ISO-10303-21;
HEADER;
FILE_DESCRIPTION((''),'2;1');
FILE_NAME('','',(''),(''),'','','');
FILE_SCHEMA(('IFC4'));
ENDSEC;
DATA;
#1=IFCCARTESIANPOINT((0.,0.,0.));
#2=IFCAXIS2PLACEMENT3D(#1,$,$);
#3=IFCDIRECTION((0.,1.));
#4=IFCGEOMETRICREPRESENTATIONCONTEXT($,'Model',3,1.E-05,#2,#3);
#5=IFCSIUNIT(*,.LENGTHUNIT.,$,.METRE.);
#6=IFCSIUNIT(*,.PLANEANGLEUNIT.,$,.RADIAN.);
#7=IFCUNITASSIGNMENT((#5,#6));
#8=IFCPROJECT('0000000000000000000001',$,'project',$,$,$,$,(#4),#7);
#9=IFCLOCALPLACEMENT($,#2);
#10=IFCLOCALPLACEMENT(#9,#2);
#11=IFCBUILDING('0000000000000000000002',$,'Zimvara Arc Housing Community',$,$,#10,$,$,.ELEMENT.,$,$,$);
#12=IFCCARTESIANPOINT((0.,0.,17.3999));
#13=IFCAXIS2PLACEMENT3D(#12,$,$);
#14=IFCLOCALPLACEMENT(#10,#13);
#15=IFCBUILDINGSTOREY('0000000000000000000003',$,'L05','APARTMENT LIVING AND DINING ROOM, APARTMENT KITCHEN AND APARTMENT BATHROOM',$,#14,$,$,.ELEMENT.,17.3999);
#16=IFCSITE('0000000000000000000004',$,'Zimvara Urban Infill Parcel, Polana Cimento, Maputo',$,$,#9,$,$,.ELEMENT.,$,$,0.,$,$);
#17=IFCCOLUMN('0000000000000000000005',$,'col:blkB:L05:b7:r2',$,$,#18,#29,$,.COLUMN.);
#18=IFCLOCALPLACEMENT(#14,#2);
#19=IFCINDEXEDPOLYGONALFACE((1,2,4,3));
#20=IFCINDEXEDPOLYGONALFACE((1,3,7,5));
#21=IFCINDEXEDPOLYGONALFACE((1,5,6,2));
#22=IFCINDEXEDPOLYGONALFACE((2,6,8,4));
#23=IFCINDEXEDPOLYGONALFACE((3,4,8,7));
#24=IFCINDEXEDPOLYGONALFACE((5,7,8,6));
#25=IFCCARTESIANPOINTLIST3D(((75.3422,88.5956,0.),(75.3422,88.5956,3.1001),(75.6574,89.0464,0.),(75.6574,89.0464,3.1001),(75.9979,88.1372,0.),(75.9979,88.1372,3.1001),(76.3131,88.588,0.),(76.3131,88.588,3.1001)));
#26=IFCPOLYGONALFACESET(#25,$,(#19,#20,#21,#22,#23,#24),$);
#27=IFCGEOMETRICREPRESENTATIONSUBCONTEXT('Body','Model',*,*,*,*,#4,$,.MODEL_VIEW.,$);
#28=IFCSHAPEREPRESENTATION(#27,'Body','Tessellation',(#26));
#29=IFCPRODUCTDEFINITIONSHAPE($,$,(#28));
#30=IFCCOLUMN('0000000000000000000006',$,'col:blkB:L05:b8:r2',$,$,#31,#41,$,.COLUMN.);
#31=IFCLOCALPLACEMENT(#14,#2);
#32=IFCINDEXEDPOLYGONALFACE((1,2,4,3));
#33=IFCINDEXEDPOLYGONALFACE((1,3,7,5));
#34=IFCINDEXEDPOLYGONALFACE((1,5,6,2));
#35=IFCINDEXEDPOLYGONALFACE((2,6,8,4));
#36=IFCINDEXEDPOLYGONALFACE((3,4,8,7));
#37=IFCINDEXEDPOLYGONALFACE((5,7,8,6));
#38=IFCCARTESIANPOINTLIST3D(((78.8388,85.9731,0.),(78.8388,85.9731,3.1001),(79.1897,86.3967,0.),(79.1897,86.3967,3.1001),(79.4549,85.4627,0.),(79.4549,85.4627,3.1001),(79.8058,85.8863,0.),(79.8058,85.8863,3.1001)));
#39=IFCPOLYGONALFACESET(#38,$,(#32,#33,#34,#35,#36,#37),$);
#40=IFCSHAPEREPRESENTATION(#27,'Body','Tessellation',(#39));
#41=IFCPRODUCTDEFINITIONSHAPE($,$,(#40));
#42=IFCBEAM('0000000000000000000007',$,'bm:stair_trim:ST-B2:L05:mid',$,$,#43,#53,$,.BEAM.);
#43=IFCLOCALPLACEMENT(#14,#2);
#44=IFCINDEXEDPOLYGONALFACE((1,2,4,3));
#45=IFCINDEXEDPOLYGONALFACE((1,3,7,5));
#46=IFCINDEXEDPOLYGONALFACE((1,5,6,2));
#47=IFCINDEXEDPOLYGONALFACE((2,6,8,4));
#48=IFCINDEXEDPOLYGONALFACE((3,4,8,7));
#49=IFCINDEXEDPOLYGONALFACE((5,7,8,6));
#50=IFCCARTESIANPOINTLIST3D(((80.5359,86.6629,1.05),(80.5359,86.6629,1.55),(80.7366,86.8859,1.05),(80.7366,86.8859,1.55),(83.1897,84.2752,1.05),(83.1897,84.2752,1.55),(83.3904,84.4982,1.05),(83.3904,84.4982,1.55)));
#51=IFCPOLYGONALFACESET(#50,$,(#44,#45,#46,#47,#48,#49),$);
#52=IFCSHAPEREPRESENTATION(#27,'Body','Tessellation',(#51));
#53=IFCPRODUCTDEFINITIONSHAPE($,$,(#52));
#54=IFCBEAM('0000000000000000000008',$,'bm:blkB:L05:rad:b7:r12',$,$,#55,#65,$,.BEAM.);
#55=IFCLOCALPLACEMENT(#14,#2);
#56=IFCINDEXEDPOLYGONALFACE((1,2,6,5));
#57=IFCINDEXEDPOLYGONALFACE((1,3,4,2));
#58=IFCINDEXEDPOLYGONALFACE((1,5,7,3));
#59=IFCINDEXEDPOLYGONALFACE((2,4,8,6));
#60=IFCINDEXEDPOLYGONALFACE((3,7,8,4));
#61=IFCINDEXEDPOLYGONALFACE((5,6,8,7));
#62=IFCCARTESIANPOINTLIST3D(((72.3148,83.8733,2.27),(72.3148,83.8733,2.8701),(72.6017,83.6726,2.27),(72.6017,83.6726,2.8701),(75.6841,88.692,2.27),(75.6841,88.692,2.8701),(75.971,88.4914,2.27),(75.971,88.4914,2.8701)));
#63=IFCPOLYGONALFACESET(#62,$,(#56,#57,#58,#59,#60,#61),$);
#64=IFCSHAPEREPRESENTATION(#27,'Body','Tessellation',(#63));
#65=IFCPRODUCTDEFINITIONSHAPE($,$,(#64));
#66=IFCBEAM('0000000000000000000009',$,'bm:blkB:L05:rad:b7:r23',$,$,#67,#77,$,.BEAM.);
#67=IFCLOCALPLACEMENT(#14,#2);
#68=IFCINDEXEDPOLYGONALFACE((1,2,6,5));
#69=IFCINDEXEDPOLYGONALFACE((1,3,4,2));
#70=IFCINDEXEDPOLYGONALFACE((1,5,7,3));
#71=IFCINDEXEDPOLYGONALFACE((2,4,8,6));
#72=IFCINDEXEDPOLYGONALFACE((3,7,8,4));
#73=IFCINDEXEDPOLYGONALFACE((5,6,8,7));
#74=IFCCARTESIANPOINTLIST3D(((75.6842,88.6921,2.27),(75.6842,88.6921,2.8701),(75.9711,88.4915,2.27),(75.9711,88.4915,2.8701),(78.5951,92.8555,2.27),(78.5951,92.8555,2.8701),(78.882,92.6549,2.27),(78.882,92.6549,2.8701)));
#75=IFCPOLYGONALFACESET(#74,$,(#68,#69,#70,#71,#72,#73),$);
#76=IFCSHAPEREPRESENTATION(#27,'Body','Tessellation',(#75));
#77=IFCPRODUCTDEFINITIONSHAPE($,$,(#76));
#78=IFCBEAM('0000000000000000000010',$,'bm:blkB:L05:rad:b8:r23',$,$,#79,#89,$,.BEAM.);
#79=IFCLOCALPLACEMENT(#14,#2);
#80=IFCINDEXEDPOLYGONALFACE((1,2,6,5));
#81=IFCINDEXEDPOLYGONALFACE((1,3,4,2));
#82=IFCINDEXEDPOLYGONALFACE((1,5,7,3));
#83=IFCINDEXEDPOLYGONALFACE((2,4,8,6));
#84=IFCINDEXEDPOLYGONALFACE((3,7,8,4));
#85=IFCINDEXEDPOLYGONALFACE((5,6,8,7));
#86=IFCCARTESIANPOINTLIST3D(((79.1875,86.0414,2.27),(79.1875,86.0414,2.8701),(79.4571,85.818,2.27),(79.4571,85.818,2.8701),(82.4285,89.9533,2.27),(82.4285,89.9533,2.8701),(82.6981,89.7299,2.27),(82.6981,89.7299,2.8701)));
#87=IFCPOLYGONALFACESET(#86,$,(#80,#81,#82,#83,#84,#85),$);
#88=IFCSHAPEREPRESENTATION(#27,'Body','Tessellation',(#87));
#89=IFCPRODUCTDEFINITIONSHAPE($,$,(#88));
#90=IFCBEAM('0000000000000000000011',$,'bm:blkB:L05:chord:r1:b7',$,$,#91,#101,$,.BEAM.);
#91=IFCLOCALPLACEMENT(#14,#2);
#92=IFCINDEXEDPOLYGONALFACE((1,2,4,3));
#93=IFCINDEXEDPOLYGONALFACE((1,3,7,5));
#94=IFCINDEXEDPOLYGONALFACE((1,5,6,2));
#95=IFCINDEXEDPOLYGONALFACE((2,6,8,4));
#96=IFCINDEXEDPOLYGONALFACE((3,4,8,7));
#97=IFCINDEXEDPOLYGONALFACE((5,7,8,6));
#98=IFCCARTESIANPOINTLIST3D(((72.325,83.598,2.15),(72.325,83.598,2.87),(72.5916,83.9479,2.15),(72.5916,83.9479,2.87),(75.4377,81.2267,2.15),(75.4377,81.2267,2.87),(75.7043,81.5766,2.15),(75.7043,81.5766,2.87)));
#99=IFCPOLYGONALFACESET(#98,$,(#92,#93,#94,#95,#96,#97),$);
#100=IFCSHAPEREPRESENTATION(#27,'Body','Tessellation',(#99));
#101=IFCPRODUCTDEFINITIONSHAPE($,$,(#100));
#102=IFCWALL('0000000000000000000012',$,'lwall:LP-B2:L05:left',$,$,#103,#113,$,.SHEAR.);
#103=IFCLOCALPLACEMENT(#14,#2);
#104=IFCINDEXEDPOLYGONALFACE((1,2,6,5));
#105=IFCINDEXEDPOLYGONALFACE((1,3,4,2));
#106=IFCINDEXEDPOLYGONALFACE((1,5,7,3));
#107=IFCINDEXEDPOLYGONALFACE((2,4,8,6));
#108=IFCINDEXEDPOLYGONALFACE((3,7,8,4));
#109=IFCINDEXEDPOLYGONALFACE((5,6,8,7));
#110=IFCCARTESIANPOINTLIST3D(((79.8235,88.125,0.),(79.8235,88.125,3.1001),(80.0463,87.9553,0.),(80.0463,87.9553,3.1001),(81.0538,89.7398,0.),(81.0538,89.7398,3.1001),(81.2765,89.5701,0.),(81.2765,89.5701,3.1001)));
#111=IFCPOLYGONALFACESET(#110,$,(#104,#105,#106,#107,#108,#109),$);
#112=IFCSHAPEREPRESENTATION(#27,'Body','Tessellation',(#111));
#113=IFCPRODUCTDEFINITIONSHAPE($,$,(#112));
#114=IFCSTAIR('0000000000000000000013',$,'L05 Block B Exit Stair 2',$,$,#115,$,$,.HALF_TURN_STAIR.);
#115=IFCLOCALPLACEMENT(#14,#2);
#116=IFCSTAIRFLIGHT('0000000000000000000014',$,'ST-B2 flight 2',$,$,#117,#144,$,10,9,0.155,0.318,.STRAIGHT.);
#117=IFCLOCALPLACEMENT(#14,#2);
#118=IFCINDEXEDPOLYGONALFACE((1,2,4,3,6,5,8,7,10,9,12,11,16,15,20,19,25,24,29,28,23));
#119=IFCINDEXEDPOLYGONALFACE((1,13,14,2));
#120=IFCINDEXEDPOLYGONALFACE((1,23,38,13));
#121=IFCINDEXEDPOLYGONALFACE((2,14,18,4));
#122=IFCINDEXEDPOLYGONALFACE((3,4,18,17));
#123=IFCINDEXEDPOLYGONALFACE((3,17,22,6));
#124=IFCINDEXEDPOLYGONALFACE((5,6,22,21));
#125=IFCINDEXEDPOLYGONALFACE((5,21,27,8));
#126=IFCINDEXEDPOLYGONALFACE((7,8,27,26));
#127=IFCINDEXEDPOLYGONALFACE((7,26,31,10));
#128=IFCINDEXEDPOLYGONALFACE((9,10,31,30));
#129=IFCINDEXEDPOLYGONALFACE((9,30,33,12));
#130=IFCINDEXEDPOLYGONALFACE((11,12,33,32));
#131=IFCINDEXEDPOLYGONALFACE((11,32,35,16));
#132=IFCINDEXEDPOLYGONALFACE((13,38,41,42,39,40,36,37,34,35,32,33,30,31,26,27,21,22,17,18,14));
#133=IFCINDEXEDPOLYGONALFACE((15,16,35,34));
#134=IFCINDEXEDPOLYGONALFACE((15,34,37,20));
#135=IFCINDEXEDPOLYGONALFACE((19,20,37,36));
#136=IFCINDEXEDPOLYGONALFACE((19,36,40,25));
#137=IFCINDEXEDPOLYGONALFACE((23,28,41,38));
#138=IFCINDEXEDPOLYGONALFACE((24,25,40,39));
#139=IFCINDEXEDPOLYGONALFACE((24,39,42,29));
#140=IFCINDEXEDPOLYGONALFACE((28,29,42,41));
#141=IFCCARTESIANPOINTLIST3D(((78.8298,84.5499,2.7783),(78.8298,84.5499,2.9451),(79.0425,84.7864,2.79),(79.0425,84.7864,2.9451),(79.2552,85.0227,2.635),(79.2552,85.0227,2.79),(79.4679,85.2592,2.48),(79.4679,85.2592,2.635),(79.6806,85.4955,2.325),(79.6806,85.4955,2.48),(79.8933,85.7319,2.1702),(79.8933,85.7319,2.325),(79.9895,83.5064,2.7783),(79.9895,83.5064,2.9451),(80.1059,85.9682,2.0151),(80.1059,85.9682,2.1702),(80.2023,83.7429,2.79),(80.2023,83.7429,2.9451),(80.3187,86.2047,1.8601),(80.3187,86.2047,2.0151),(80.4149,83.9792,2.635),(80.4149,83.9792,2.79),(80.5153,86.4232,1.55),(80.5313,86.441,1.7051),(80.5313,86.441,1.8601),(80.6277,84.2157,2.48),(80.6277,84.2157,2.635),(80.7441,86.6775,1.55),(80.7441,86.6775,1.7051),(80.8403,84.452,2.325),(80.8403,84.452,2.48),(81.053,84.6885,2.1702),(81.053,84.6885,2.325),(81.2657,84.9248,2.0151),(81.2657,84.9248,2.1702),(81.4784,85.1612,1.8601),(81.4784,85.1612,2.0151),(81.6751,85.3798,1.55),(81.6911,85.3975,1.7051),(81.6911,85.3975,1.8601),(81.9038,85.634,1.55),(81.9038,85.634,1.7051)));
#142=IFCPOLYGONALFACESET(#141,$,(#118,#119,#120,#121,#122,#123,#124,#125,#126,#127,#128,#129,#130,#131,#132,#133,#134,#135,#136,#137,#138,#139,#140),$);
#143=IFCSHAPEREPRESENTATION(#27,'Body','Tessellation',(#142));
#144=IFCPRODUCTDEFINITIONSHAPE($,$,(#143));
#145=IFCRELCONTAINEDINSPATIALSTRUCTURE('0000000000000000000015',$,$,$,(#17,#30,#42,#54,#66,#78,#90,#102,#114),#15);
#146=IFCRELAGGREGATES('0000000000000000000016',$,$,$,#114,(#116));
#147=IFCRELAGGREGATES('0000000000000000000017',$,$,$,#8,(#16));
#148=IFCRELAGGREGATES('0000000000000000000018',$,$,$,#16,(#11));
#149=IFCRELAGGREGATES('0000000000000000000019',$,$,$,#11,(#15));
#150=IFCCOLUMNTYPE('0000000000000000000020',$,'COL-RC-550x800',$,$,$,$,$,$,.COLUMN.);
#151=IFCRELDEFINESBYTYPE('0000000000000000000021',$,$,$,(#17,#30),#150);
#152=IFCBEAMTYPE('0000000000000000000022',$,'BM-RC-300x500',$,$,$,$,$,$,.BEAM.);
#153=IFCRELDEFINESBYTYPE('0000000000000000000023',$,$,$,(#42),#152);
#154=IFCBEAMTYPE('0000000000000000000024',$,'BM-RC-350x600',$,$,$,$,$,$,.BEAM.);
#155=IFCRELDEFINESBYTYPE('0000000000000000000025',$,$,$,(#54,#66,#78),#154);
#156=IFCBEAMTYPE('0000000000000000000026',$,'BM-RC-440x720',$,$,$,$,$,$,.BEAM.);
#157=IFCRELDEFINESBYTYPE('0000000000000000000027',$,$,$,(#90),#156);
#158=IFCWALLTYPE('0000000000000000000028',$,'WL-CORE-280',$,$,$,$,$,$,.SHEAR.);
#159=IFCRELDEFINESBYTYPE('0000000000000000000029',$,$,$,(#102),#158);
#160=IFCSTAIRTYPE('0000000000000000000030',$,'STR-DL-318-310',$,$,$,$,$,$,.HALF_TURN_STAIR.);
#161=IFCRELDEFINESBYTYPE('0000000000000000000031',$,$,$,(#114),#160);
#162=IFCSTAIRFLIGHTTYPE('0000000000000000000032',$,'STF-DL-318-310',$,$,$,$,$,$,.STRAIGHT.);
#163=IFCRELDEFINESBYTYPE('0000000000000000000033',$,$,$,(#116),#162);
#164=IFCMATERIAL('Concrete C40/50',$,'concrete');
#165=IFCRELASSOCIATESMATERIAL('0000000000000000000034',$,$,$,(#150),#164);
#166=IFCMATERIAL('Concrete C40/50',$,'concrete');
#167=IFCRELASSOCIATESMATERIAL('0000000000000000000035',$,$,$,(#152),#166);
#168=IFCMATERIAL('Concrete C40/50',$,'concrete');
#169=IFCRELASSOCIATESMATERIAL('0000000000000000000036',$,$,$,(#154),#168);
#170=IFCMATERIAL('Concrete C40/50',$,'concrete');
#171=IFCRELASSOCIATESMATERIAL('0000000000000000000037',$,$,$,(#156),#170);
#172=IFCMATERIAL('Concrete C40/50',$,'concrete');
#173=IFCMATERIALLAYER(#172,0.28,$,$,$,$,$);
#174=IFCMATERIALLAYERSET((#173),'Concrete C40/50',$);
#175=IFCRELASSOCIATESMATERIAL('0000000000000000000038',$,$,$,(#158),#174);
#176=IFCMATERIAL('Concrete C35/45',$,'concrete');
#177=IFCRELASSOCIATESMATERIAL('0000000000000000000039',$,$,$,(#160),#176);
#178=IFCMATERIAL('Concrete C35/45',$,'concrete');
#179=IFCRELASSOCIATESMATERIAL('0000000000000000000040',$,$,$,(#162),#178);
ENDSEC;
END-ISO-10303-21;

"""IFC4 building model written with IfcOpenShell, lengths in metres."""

from ifc_helpers import new_model, si_unit, direction, frame, frame_2d, origin, origin_2d, place, context, subcontext, project, spatial, polyline, rectangle, outline, extrude, material, layer, layer_set, material_profile, profile_set, type_object, element, aggregate, save


model = new_model("IFC4")

# Units and contexts
model_context = context("Model", 3, precision=1e-05, world=origin(), true_north=direction((0.0, 1.0)))
body_context = subcontext(model_context, "Body", "Model", "MODEL_VIEW")
ifc_project = project(units=[si_unit("LENGTHUNIT", "METRE"), si_unit("PLANEANGLEUNIT", "RADIAN")], contexts=[model_context])

# Site, building, storey
site_placement = place(None, origin())
site = spatial("IfcSite", under=ifc_project, at=site_placement, Name="Zimvara Urban Infill Parcel, Polana Cimento, Maputo", CompositionType="ELEMENT", RefElevation=0.0)
building_placement = place(site_placement, origin())
building = spatial("IfcBuilding", under=site, at=building_placement, Name="Zimvara Arc Housing Community", CompositionType="ELEMENT")
storey_placement = place(building_placement, frame((0.0, 0.0, 17.3999)))
storey = spatial("IfcBuildingStorey", under=building, at=storey_placement, Name="L05", Description="APARTMENT LIVING AND DINING ROOM, APARTMENT KITCHEN AND APARTMENT BATHROOM", CompositionType="ELEMENT", Elevation=17.3999)

# Columns
ifc_material_1 = material(Name="Concrete C40/50", Category="concrete")
ifc_material_profile_1 = material_profile(ifc_material_1, rectangle(XDim=0.55, YDim=0.8, at=origin_2d()), Name="RC 550x800")
ifc_profile_set_1 = profile_set([ifc_material_profile_1], Name="Concrete C40/50")
column_type = type_object("IfcColumnType", Name="COL-RC-550x800", PredefinedType="COLUMN", material=ifc_profile_set_1)
for number, where, z_axis, x_axis, name in (
    (1, (75.8276, 88.5918, 0.0), (0.0, 0.0, 1.0), (0.573004, 0.819552, 0.0), "col:blkB:L05:b7:r2"),
    (2, (79.3223, 85.9297, 0.0), (0.0, 0.0, 1.0), (0.637962, 0.770068, 0.0), "col:blkB:L05:b8:r2"),
):
    element("IfcColumn", number, at=place(storey_placement, frame(where, z_axis=z_axis, x_axis=x_axis)), inside=storey, type_object=column_type, Name=name, PredefinedType="COLUMN", context=body_context, shape_type="SweptSolid", body=[
        extrude(rectangle(XDim=0.55, YDim=0.8, at=origin_2d()), origin(), (0.0, 0.0, 1.0), 3.1001),
    ])

# Beams
ifc_material_2 = material(Name="Concrete C40/50", Category="concrete")
ifc_material_profile_2 = material_profile(ifc_material_2, rectangle(XDim=0.3, YDim=0.5, at=origin_2d()), Name="RC 300x500")
ifc_profile_set_2 = profile_set([ifc_material_profile_2], Name="Concrete C40/50")
beam_type_1 = type_object("IfcBeamType", Name="BM-RC-300x500", PredefinedType="BEAM", material=ifc_profile_set_2)
beam_1_placement = place(storey_placement, frame((83.29, 84.3867, 1.3), z_axis=(-0.743396, 0.668851, 0.0), x_axis=(-0.668851, -0.743396, 0.0)))
element("IfcBeam", 3, at=beam_1_placement, inside=storey, type_object=beam_type_1, Name="bm:stair_trim:ST-B2:L05:mid", PredefinedType="BEAM", context=body_context, shape_type="SweptSolid", body=[
    extrude(rectangle(XDim=0.3, YDim=0.5, at=origin_2d()), origin(), (0.0, 0.0, 1.0), 3.5698),
])
ifc_material_3 = material(Name="Concrete C40/50", Category="concrete")
ifc_material_profile_3 = material_profile(ifc_material_3, rectangle(XDim=0.3501, YDim=0.6001, at=origin_2d()), Name="RC 350x600")
ifc_profile_set_3 = profile_set([ifc_material_profile_3], Name="Concrete C40/50")
beam_type_2 = type_object("IfcBeamType", Name="BM-RC-350x600", PredefinedType="BEAM", material=ifc_profile_set_3)
beam_2_placement = place(storey_placement, frame((72.4583, 83.7729, 2.5701), z_axis=(0.573028, 0.819536, 0.0), x_axis=(-0.819536, 0.573028, 0.0)))
element("IfcBeam", 4, at=beam_2_placement, inside=storey, type_object=beam_type_2, Name="bm:blkB:L05:rad:b7:r12", PredefinedType="BEAM", context=body_context, shape_type="SweptSolid", body=[
    extrude(rectangle(XDim=0.3501, YDim=0.6001, at=origin_2d()), origin(), (0.0, 0.0, 1.0), 5.8799),
])
for number, where, z_axis, x_axis, name in (
    (5, (75.8276, 88.5918, 2.5701), (0.573007, 0.81955, 0.0), (-0.81955, 0.573007, 0.0), "bm:blkB:L05:rad:b7:r23"),
    (6, (79.3223, 85.9297, 2.5701), (0.637984, 0.77005, 0.0), (-0.77005, 0.637984, 0.0), "bm:blkB:L05:rad:b8:r23"),
):
    element("IfcBeam", number, at=place(storey_placement, frame(where, z_axis=z_axis, x_axis=x_axis)), inside=storey, type_object=beam_type_2, Name=name, PredefinedType="BEAM", context=body_context, shape_type="SweptSolid", body=[
        extrude(rectangle(XDim=0.3501, YDim=0.6001, at=origin_2d()), origin(), (0.0, 0.0, 1.0), 5.0801),
    ])
ifc_material_4 = material(Name="Concrete C40/50", Category="concrete")
ifc_material_profile_4 = material_profile(ifc_material_4, rectangle(XDim=0.4399, YDim=0.72, at=origin_2d()), Name="RC 440x720")
ifc_profile_set_4 = profile_set([ifc_material_profile_4], Name="Concrete C40/50")
beam_type_3 = type_object("IfcBeamType", Name="BM-RC-440x720", PredefinedType="BEAM", material=ifc_profile_set_4)
beam_3_placement = place(storey_placement, frame((72.4583, 83.7729, 2.51), z_axis=(0.79547, -0.605992, 0.0), x_axis=(0.605992, 0.79547, 0.0)))
element("IfcBeam", 7, at=beam_3_placement, inside=storey, type_object=beam_type_3, Name="bm:blkB:L05:chord:r1:b7", PredefinedType="BEAM", context=body_context, shape_type="SweptSolid", body=[
    extrude(rectangle(XDim=0.4399, YDim=0.72, at=origin_2d()), origin(), (0.0, 0.0, 1.0), 3.9131),
])

# Shared definitions
ifc_material_5 = material(Name="Concrete C40/50", Category="concrete")
ifc_layer_1 = layer(ifc_material_5, 0.28)
ifc_layer_set_1 = layer_set([ifc_layer_1], Name="Concrete C40/50")
wall_type_1 = type_object("IfcWallType", Name="WL-CORE-280", PredefinedType="SHEAR", material=ifc_layer_set_1)

# Wall
wall_1_placement = place(storey_placement, frame((79.9348, 88.04, 0.0), z_axis=(0.0, 0.0, 1.0), x_axis=(0.606025, 0.795446, 0.0)))
element("IfcWall", 8, at=wall_1_placement, inside=storey, type_object=wall_type_1, Name="lwall:LP-B2:L05:left", PredefinedType="SHEAR", context=body_context, shape_type="SweptSolid", body=[
    extrude(rectangle(XDim=2.03, YDim=0.28, at=frame_2d((1.0151, 0.0))), origin(), (0.0, 0.0, 1.0), 3.1001),
])

# Stair, stair flight
ifc_material_6 = material(Name="Concrete C35/45", Category="concrete")
stair_type = type_object("IfcStairType", Name="STR-DL-318-310", PredefinedType="HALF_TURN_STAIR", material=ifc_material_6)
stair_placement = place(storey_placement, origin())
stair = element("IfcStair", 9, at=stair_placement, inside=storey, type_object=stair_type, Name="L05 Block B Exit Stair 2", PredefinedType="HALF_TURN_STAIR")
ifc_material_7 = material(Name="Concrete C35/45", Category="concrete")
stair_flight_type = type_object("IfcStairFlightType", Name="STF-DL-318-310", PredefinedType="STRAIGHT", material=ifc_material_7)
stair_flight_placement = place(storey_placement, frame((81.324, 86.1558, 1.55), z_axis=(0.0, 0.0, 1.0), x_axis=(-0.668871, -0.743378, 0.0)))
stair_flight = element("IfcStairFlight", 10, at=stair_flight_placement, type_object=stair_flight_type, Name="ST-B2 flight 2", NumberOfRisers=10, NumberOfTreads=9, PredefinedType="STRAIGHT", RiserHeight=0.155, TreadLength=0.318, context=body_context, shape_type="SweptSolid", body=[
    extrude(outline(polyline([(0.0, 0.0), (0.0, 0.155), (0.3181, 0.155), (0.3181, 0.3101), (0.636, 0.3101), (0.636, 0.4651), (0.9541, 0.4651), (0.9541, 0.6201), (1.272, 0.6201), (1.272, 0.7749), (1.5901, 0.7749), (1.5901, 0.9299), (1.908, 0.9299), (1.908, 1.085), (2.2261, 1.085), (2.2261, 1.24), (2.5439, 1.24), (2.5439, 1.395), (2.8621, 1.395), (2.8621, 1.55), (2.8621, 1.2283), (0.342, 0.0), (0.0, 0.0)])), frame((0.0, 0.78, 0.0), z_axis=(0.0, -1.0, 0.0), x_axis=(1.0, 0.0, 0.0)), (0.0, 0.0, 1.0), 1.5601),
])
aggregate(stair, [stair_flight])

save(model, "model.ifc")
